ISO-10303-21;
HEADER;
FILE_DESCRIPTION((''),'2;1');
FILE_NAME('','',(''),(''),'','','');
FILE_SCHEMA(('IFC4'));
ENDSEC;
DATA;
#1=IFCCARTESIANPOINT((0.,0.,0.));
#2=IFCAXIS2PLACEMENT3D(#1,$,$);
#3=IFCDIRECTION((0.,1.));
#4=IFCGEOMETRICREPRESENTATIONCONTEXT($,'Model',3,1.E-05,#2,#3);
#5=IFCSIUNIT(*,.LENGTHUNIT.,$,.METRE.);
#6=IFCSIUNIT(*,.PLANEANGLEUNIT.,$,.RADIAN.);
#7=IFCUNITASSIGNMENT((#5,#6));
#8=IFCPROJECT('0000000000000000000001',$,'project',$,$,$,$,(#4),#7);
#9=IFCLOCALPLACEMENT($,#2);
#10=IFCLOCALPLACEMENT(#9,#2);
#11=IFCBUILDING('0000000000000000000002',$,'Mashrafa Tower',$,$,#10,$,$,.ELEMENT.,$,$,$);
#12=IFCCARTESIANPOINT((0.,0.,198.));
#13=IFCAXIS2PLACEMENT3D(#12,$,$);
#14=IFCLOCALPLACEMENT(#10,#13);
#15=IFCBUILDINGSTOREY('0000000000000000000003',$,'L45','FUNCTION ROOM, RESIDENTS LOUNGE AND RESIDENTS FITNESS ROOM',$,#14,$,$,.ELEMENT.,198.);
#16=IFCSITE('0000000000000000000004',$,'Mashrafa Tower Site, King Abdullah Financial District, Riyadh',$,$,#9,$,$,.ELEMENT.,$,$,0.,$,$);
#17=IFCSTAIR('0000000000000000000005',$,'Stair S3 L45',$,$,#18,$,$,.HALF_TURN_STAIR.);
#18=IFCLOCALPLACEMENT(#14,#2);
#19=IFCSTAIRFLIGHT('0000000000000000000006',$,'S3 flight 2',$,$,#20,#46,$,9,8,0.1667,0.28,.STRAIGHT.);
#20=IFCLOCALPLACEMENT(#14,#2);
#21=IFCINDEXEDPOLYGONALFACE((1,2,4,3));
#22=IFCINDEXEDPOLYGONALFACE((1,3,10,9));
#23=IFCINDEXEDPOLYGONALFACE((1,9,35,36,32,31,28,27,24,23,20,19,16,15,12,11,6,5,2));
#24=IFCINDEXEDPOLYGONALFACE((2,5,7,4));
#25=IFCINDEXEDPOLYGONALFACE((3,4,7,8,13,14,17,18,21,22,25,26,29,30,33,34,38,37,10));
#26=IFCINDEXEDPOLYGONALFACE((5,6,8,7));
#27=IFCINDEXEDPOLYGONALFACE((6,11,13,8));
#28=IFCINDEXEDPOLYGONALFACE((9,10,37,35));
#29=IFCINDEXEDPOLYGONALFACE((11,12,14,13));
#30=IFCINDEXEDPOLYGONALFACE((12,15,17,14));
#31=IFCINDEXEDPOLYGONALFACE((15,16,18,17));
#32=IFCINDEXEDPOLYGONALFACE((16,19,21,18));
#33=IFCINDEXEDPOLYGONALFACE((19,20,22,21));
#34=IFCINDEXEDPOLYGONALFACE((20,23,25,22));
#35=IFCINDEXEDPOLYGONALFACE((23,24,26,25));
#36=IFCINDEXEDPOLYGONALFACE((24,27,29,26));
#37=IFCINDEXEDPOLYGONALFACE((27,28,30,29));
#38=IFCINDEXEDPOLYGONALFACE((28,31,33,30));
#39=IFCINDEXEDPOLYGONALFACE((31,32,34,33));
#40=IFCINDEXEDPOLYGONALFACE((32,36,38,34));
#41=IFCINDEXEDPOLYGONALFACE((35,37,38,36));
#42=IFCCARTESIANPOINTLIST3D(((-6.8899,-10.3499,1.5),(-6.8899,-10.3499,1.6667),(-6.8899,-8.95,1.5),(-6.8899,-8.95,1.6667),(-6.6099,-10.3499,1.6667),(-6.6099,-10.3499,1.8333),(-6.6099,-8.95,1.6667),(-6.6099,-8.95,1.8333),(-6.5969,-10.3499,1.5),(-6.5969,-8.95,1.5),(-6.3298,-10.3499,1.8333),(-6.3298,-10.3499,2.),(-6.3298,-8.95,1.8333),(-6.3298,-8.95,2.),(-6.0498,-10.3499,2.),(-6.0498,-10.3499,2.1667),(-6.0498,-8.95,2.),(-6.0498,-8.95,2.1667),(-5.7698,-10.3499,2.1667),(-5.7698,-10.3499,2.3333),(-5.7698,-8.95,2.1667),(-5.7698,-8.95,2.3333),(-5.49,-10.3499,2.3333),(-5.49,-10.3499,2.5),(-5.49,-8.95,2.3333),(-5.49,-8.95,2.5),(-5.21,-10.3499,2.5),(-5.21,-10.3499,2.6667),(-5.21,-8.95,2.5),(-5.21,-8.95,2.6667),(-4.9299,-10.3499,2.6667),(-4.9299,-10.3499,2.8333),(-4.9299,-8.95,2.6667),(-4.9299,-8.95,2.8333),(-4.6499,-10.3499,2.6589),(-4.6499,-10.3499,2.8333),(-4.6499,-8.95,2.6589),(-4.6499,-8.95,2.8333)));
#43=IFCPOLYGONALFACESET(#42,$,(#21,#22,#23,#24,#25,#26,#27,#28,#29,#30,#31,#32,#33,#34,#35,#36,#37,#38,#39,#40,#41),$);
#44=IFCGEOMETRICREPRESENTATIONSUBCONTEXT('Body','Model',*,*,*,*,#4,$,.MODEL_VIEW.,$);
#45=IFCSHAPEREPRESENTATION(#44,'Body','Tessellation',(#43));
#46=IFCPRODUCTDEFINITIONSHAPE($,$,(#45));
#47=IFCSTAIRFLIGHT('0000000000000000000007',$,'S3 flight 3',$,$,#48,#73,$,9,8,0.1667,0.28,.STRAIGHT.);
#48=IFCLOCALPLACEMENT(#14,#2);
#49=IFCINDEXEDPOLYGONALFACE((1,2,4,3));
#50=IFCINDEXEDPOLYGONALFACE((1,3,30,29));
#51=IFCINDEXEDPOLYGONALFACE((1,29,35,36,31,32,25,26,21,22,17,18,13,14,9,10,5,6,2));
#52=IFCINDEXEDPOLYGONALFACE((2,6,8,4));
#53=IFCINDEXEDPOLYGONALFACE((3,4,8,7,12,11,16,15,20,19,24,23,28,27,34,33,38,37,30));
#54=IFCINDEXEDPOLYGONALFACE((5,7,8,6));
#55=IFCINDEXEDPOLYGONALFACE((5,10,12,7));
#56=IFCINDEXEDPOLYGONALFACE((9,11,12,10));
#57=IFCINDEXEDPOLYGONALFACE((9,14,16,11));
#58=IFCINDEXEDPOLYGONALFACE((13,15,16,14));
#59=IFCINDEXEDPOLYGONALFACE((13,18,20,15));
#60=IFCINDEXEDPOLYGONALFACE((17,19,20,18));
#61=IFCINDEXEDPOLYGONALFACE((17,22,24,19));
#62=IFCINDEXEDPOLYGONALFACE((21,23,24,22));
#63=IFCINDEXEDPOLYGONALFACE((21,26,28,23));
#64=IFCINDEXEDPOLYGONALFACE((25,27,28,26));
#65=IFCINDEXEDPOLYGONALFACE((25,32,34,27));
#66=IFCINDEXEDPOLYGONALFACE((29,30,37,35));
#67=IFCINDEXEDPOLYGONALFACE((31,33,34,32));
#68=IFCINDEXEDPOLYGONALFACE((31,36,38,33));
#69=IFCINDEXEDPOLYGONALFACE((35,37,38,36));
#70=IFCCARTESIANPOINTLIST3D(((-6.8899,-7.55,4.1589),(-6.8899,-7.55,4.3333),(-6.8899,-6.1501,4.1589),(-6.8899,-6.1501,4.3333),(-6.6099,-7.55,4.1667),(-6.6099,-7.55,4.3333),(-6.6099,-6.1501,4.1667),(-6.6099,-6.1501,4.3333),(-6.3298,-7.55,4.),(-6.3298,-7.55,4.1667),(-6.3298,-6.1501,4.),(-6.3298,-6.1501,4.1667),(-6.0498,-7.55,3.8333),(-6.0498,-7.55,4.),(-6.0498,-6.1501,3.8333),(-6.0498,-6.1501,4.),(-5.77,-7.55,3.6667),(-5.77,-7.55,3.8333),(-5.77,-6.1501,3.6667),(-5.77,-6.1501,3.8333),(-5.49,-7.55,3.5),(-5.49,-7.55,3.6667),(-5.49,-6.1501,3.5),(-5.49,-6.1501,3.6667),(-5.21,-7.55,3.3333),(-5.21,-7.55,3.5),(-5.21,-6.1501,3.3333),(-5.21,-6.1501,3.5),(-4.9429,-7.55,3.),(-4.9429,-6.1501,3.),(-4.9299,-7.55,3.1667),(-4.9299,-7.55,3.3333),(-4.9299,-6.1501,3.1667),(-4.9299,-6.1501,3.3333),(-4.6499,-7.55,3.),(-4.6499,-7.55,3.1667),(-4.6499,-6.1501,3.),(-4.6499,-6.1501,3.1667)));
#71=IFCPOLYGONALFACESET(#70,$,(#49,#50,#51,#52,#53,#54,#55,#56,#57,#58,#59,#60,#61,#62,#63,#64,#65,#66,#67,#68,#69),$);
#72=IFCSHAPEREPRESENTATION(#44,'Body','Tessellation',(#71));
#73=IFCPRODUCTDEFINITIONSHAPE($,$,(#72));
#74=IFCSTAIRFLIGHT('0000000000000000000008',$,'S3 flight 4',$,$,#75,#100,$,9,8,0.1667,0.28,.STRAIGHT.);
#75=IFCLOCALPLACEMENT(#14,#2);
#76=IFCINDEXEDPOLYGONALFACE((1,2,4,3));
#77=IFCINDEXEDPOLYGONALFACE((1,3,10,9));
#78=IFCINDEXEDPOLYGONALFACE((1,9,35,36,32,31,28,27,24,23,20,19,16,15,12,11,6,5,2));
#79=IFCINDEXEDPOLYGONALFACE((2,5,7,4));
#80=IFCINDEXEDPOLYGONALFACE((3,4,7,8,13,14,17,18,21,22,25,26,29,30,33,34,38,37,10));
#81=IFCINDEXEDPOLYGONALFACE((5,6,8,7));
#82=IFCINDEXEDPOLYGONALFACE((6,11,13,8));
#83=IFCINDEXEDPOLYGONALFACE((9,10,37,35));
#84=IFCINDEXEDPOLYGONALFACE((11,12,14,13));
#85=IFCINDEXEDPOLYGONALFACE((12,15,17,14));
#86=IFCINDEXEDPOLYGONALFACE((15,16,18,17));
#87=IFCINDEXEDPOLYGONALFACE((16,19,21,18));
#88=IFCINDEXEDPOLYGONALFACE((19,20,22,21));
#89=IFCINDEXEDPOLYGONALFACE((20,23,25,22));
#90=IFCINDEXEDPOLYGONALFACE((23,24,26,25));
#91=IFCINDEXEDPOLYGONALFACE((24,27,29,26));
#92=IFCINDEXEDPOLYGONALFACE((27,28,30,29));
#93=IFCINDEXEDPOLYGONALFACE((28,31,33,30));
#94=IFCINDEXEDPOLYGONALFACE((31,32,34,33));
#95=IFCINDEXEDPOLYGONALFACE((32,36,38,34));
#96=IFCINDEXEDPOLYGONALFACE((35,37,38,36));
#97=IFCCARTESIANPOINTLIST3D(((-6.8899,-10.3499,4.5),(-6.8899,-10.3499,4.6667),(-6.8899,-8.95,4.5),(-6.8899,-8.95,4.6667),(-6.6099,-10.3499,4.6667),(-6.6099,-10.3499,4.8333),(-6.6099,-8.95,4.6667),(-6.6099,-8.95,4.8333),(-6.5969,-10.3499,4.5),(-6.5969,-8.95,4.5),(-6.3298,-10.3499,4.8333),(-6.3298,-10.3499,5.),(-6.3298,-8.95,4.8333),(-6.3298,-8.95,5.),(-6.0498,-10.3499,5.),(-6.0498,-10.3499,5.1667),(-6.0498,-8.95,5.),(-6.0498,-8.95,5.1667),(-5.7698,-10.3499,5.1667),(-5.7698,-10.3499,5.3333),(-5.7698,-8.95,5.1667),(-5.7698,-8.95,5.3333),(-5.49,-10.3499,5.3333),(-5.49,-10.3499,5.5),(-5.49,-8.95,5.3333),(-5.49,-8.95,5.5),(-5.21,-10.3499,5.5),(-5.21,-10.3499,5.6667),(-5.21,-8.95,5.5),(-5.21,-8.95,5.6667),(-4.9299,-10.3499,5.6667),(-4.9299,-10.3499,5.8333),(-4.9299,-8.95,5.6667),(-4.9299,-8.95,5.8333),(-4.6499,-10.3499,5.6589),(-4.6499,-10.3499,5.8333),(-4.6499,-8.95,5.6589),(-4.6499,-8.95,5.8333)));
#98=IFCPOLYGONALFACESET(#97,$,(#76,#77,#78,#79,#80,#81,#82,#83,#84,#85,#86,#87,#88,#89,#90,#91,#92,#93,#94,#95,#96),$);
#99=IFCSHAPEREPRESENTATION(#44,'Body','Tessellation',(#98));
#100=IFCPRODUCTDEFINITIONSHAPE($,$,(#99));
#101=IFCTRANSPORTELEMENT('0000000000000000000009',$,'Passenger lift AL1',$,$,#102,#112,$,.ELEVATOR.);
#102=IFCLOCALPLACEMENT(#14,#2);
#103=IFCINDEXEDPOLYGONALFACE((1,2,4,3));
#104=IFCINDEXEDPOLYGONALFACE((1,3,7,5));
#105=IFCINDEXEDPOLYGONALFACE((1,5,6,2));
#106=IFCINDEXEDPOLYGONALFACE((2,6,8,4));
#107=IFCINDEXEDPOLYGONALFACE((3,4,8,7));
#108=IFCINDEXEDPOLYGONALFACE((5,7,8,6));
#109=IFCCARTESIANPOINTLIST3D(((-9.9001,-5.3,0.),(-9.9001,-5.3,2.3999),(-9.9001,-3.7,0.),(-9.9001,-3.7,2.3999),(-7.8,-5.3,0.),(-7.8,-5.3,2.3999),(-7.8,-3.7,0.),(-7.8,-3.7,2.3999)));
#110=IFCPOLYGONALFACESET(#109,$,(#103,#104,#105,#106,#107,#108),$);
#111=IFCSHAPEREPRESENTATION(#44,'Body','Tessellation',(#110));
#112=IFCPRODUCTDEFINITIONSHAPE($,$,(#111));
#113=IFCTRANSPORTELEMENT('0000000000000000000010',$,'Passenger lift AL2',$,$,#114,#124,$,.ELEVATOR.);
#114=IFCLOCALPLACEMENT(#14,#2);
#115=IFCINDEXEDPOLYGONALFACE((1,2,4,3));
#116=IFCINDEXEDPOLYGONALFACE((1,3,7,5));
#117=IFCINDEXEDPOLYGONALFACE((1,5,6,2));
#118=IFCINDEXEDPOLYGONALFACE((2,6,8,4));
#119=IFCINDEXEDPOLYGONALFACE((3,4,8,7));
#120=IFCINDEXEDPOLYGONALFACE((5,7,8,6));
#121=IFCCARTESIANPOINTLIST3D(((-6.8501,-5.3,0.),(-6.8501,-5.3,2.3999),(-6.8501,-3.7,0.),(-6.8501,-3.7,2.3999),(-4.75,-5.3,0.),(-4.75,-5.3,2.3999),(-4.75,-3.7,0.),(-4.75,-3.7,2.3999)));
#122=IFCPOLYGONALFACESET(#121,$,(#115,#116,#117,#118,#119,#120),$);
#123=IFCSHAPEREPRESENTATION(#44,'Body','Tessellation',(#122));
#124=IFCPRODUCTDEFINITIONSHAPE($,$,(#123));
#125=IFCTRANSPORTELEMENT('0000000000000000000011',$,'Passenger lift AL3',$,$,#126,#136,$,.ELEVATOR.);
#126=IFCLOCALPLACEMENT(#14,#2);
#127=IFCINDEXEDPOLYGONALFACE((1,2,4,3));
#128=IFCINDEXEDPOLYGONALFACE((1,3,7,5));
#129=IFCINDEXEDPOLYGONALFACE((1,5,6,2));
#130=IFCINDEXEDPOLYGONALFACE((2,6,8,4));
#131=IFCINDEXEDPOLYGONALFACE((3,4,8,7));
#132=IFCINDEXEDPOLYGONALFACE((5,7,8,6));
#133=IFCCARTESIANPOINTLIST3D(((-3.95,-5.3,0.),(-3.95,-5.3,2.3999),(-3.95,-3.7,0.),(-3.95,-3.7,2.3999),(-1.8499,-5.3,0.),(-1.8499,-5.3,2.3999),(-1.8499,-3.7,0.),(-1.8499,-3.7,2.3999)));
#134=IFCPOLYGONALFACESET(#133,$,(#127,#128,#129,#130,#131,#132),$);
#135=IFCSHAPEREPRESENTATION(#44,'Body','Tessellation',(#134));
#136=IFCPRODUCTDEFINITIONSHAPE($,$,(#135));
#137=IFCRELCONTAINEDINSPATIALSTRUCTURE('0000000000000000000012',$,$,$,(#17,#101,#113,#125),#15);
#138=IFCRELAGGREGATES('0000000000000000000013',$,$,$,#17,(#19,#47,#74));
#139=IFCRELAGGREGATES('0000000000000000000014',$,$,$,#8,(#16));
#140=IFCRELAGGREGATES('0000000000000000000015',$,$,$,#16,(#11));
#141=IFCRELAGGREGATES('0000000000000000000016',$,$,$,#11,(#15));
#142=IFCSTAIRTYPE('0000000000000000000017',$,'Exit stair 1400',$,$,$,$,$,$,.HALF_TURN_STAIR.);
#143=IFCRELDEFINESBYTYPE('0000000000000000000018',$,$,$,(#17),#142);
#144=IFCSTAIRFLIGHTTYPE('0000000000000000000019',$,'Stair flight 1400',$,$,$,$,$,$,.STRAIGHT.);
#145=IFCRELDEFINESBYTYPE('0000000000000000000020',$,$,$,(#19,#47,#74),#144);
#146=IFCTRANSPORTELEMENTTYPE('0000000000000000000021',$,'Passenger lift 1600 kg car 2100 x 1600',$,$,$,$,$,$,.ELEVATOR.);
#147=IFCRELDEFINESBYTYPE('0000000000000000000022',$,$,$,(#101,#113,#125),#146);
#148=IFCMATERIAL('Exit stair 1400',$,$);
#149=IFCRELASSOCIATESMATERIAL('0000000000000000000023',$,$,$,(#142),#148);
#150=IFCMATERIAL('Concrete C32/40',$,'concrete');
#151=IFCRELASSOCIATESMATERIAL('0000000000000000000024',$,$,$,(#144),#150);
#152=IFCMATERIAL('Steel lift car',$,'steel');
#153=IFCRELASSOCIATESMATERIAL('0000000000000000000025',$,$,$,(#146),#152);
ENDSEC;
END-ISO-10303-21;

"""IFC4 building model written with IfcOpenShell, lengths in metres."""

from ifc_helpers import new_model, si_unit, direction, frame, origin, origin_2d, place, context, subcontext, project, spatial, polyline, rectangle, outline, extrude, material, type_object, element, aggregate, save


model = new_model("IFC4")

# Units and contexts
model_context = context("Model", 3, precision=1e-05, world=origin(), true_north=direction((0.0, 1.0)))
body_context = subcontext(model_context, "Body", "Model", "MODEL_VIEW")
ifc_project = project(units=[si_unit("LENGTHUNIT", "METRE"), si_unit("PLANEANGLEUNIT", "RADIAN")], contexts=[model_context])

# Site, building, storey
site_placement = place(None, origin())
site = spatial("IfcSite", under=ifc_project, at=site_placement, Name="Mashrafa Tower Site, King Abdullah Financial District, Riyadh", CompositionType="ELEMENT", RefElevation=0.0)
building_placement = place(site_placement, origin())
building = spatial("IfcBuilding", under=site, at=building_placement, Name="Mashrafa Tower", CompositionType="ELEMENT")
storey_placement = place(building_placement, frame((0.0, 0.0, 198.0)))
storey = spatial("IfcBuildingStorey", under=building, at=storey_placement, Name="L45", Description="FUNCTION ROOM, RESIDENTS LOUNGE AND RESIDENTS FITNESS ROOM", CompositionType="ELEMENT", Elevation=198.0)

# Stair, stair flights
ifc_material_1 = material(Name="Exit stair 1400")
stair_type = type_object("IfcStairType", Name="Exit stair 1400", PredefinedType="HALF_TURN_STAIR", material=ifc_material_1)
stair_placement = place(storey_placement, origin())
stair = element("IfcStair", 1, at=stair_placement, inside=storey, type_object=stair_type, Name="Stair S3 L45", PredefinedType="HALF_TURN_STAIR")
ifc_material_2 = material(Name="Concrete C32/40", Category="concrete")
stair_flight_type = type_object("IfcStairFlightType", Name="Stair flight 1400", PredefinedType="STRAIGHT", material=ifc_material_2)
stair_flight_1_placement = place(storey_placement, frame((-6.8899, -9.6499, 1.5), z_axis=(0.0, 0.0, 1.0), x_axis=(1.0, 0.0, 0.0)))
stair_flight_1 = element("IfcStairFlight", 2, at=stair_flight_1_placement, type_object=stair_flight_type, Name="S3 flight 2", NumberOfRisers=9, NumberOfTreads=8, PredefinedType="STRAIGHT", RiserHeight=0.1667, TreadLength=0.28, context=body_context, shape_type="SweptSolid", body=[
    extrude(outline(polyline([(0.0, 0.0), (0.0, 0.1667), (0.28, 0.1667), (0.28, 0.3333), (0.5601, 0.3333), (0.5601, 0.5), (0.8401, 0.5), (0.8401, 0.6667), (1.1201, 0.6667), (1.1201, 0.8333), (1.3999, 0.8333), (1.3999, 1.0), (1.6799, 1.0), (1.6799, 1.1667), (1.96, 1.1667), (1.96, 1.3333), (2.24, 1.3333), (2.24, 1.5), (2.24, 1.1589), (0.293, 0.0), (0.0, 0.0)])), frame((0.0, 0.7, 0.0), z_axis=(0.0, -1.0, 0.0), x_axis=(1.0, 0.0, 0.0)), (0.0, 0.0, 1.0), 1.3999),
])
stair_flight_2_placement = place(storey_placement, frame((-4.6499, -6.8501, 3.0), z_axis=(0.0, 0.0, 1.0), x_axis=(-1.0, 0.0, 0.0)))
stair_flight_2 = element("IfcStairFlight", 3, at=stair_flight_2_placement, type_object=stair_flight_type, Name="S3 flight 3", NumberOfRisers=9, NumberOfTreads=8, PredefinedType="STRAIGHT", RiserHeight=0.1667, TreadLength=0.28, context=body_context, shape_type="SweptSolid", body=[
    extrude(outline(polyline([(0.0, 0.0), (0.0, 0.1667), (0.28, 0.1667), (0.28, 0.3333), (0.5601, 0.3333), (0.5601, 0.5), (0.8401, 0.5), (0.8401, 0.6667), (1.1201, 0.6667), (1.1201, 0.8333), (1.3999, 0.8333), (1.3999, 1.0), (1.6799, 1.0), (1.6799, 1.1667), (1.96, 1.1667), (1.96, 1.3333), (2.24, 1.3333), (2.24, 1.5), (2.24, 1.1589), (0.293, 0.0), (0.0, 0.0)])), frame((0.0, 0.7, 0.0), z_axis=(0.0, -1.0, 0.0), x_axis=(1.0, 0.0, 0.0)), (0.0, 0.0, 1.0), 1.3999),
])
stair_flight_3_placement = place(storey_placement, frame((-6.8899, -9.6499, 4.5), z_axis=(0.0, 0.0, 1.0), x_axis=(1.0, 0.0, 0.0)))
stair_flight_3 = element("IfcStairFlight", 4, at=stair_flight_3_placement, type_object=stair_flight_type, Name="S3 flight 4", NumberOfRisers=9, NumberOfTreads=8, PredefinedType="STRAIGHT", RiserHeight=0.1667, TreadLength=0.28, context=body_context, shape_type="SweptSolid", body=[
    extrude(outline(polyline([(0.0, 0.0), (0.0, 0.1667), (0.28, 0.1667), (0.28, 0.3333), (0.5601, 0.3333), (0.5601, 0.5), (0.8401, 0.5), (0.8401, 0.6667), (1.1201, 0.6667), (1.1201, 0.8333), (1.3999, 0.8333), (1.3999, 1.0), (1.6799, 1.0), (1.6799, 1.1667), (1.96, 1.1667), (1.96, 1.3333), (2.24, 1.3333), (2.24, 1.5), (2.24, 1.1589), (0.293, 0.0), (0.0, 0.0)])), frame((0.0, 0.7, 0.0), z_axis=(0.0, -1.0, 0.0), x_axis=(1.0, 0.0, 0.0)), (0.0, 0.0, 1.0), 1.3999),
])
aggregate(stair, [stair_flight_1, stair_flight_2, stair_flight_3])

# Transport elements
ifc_material_3 = material(Name="Steel lift car", Category="steel")
transport_element_type = type_object("IfcTransportElementType", Name="Passenger lift 1600 kg car 2100 x 1600", PredefinedType="ELEVATOR", material=ifc_material_3)
for number, where, z_axis, x_axis, name in (
    (5, (-8.8501, -4.5, 0.0), (0.0, 0.0, 1.0), (1.0, 0.0, 0.0), "Passenger lift AL1"),
    (6, (-5.8, -4.5, 0.0), (0.0, 0.0, 1.0), (1.0, 0.0, 0.0), "Passenger lift AL2"),
    (7, (-2.8999, -4.5, 0.0), (0.0, 0.0, 1.0), (1.0, 0.0, 0.0), "Passenger lift AL3"),
):
    element("IfcTransportElement", number, at=place(storey_placement, frame(where, z_axis=z_axis, x_axis=x_axis)), inside=storey, type_object=transport_element_type, Name=name, PredefinedType="ELEVATOR", context=body_context, shape_type="SweptSolid", body=[
        extrude(rectangle(XDim=2.1001, YDim=1.6001, at=origin_2d()), origin(), (0.0, 0.0, 1.0), 2.3999),
    ])

save(model, "model.ifc")
